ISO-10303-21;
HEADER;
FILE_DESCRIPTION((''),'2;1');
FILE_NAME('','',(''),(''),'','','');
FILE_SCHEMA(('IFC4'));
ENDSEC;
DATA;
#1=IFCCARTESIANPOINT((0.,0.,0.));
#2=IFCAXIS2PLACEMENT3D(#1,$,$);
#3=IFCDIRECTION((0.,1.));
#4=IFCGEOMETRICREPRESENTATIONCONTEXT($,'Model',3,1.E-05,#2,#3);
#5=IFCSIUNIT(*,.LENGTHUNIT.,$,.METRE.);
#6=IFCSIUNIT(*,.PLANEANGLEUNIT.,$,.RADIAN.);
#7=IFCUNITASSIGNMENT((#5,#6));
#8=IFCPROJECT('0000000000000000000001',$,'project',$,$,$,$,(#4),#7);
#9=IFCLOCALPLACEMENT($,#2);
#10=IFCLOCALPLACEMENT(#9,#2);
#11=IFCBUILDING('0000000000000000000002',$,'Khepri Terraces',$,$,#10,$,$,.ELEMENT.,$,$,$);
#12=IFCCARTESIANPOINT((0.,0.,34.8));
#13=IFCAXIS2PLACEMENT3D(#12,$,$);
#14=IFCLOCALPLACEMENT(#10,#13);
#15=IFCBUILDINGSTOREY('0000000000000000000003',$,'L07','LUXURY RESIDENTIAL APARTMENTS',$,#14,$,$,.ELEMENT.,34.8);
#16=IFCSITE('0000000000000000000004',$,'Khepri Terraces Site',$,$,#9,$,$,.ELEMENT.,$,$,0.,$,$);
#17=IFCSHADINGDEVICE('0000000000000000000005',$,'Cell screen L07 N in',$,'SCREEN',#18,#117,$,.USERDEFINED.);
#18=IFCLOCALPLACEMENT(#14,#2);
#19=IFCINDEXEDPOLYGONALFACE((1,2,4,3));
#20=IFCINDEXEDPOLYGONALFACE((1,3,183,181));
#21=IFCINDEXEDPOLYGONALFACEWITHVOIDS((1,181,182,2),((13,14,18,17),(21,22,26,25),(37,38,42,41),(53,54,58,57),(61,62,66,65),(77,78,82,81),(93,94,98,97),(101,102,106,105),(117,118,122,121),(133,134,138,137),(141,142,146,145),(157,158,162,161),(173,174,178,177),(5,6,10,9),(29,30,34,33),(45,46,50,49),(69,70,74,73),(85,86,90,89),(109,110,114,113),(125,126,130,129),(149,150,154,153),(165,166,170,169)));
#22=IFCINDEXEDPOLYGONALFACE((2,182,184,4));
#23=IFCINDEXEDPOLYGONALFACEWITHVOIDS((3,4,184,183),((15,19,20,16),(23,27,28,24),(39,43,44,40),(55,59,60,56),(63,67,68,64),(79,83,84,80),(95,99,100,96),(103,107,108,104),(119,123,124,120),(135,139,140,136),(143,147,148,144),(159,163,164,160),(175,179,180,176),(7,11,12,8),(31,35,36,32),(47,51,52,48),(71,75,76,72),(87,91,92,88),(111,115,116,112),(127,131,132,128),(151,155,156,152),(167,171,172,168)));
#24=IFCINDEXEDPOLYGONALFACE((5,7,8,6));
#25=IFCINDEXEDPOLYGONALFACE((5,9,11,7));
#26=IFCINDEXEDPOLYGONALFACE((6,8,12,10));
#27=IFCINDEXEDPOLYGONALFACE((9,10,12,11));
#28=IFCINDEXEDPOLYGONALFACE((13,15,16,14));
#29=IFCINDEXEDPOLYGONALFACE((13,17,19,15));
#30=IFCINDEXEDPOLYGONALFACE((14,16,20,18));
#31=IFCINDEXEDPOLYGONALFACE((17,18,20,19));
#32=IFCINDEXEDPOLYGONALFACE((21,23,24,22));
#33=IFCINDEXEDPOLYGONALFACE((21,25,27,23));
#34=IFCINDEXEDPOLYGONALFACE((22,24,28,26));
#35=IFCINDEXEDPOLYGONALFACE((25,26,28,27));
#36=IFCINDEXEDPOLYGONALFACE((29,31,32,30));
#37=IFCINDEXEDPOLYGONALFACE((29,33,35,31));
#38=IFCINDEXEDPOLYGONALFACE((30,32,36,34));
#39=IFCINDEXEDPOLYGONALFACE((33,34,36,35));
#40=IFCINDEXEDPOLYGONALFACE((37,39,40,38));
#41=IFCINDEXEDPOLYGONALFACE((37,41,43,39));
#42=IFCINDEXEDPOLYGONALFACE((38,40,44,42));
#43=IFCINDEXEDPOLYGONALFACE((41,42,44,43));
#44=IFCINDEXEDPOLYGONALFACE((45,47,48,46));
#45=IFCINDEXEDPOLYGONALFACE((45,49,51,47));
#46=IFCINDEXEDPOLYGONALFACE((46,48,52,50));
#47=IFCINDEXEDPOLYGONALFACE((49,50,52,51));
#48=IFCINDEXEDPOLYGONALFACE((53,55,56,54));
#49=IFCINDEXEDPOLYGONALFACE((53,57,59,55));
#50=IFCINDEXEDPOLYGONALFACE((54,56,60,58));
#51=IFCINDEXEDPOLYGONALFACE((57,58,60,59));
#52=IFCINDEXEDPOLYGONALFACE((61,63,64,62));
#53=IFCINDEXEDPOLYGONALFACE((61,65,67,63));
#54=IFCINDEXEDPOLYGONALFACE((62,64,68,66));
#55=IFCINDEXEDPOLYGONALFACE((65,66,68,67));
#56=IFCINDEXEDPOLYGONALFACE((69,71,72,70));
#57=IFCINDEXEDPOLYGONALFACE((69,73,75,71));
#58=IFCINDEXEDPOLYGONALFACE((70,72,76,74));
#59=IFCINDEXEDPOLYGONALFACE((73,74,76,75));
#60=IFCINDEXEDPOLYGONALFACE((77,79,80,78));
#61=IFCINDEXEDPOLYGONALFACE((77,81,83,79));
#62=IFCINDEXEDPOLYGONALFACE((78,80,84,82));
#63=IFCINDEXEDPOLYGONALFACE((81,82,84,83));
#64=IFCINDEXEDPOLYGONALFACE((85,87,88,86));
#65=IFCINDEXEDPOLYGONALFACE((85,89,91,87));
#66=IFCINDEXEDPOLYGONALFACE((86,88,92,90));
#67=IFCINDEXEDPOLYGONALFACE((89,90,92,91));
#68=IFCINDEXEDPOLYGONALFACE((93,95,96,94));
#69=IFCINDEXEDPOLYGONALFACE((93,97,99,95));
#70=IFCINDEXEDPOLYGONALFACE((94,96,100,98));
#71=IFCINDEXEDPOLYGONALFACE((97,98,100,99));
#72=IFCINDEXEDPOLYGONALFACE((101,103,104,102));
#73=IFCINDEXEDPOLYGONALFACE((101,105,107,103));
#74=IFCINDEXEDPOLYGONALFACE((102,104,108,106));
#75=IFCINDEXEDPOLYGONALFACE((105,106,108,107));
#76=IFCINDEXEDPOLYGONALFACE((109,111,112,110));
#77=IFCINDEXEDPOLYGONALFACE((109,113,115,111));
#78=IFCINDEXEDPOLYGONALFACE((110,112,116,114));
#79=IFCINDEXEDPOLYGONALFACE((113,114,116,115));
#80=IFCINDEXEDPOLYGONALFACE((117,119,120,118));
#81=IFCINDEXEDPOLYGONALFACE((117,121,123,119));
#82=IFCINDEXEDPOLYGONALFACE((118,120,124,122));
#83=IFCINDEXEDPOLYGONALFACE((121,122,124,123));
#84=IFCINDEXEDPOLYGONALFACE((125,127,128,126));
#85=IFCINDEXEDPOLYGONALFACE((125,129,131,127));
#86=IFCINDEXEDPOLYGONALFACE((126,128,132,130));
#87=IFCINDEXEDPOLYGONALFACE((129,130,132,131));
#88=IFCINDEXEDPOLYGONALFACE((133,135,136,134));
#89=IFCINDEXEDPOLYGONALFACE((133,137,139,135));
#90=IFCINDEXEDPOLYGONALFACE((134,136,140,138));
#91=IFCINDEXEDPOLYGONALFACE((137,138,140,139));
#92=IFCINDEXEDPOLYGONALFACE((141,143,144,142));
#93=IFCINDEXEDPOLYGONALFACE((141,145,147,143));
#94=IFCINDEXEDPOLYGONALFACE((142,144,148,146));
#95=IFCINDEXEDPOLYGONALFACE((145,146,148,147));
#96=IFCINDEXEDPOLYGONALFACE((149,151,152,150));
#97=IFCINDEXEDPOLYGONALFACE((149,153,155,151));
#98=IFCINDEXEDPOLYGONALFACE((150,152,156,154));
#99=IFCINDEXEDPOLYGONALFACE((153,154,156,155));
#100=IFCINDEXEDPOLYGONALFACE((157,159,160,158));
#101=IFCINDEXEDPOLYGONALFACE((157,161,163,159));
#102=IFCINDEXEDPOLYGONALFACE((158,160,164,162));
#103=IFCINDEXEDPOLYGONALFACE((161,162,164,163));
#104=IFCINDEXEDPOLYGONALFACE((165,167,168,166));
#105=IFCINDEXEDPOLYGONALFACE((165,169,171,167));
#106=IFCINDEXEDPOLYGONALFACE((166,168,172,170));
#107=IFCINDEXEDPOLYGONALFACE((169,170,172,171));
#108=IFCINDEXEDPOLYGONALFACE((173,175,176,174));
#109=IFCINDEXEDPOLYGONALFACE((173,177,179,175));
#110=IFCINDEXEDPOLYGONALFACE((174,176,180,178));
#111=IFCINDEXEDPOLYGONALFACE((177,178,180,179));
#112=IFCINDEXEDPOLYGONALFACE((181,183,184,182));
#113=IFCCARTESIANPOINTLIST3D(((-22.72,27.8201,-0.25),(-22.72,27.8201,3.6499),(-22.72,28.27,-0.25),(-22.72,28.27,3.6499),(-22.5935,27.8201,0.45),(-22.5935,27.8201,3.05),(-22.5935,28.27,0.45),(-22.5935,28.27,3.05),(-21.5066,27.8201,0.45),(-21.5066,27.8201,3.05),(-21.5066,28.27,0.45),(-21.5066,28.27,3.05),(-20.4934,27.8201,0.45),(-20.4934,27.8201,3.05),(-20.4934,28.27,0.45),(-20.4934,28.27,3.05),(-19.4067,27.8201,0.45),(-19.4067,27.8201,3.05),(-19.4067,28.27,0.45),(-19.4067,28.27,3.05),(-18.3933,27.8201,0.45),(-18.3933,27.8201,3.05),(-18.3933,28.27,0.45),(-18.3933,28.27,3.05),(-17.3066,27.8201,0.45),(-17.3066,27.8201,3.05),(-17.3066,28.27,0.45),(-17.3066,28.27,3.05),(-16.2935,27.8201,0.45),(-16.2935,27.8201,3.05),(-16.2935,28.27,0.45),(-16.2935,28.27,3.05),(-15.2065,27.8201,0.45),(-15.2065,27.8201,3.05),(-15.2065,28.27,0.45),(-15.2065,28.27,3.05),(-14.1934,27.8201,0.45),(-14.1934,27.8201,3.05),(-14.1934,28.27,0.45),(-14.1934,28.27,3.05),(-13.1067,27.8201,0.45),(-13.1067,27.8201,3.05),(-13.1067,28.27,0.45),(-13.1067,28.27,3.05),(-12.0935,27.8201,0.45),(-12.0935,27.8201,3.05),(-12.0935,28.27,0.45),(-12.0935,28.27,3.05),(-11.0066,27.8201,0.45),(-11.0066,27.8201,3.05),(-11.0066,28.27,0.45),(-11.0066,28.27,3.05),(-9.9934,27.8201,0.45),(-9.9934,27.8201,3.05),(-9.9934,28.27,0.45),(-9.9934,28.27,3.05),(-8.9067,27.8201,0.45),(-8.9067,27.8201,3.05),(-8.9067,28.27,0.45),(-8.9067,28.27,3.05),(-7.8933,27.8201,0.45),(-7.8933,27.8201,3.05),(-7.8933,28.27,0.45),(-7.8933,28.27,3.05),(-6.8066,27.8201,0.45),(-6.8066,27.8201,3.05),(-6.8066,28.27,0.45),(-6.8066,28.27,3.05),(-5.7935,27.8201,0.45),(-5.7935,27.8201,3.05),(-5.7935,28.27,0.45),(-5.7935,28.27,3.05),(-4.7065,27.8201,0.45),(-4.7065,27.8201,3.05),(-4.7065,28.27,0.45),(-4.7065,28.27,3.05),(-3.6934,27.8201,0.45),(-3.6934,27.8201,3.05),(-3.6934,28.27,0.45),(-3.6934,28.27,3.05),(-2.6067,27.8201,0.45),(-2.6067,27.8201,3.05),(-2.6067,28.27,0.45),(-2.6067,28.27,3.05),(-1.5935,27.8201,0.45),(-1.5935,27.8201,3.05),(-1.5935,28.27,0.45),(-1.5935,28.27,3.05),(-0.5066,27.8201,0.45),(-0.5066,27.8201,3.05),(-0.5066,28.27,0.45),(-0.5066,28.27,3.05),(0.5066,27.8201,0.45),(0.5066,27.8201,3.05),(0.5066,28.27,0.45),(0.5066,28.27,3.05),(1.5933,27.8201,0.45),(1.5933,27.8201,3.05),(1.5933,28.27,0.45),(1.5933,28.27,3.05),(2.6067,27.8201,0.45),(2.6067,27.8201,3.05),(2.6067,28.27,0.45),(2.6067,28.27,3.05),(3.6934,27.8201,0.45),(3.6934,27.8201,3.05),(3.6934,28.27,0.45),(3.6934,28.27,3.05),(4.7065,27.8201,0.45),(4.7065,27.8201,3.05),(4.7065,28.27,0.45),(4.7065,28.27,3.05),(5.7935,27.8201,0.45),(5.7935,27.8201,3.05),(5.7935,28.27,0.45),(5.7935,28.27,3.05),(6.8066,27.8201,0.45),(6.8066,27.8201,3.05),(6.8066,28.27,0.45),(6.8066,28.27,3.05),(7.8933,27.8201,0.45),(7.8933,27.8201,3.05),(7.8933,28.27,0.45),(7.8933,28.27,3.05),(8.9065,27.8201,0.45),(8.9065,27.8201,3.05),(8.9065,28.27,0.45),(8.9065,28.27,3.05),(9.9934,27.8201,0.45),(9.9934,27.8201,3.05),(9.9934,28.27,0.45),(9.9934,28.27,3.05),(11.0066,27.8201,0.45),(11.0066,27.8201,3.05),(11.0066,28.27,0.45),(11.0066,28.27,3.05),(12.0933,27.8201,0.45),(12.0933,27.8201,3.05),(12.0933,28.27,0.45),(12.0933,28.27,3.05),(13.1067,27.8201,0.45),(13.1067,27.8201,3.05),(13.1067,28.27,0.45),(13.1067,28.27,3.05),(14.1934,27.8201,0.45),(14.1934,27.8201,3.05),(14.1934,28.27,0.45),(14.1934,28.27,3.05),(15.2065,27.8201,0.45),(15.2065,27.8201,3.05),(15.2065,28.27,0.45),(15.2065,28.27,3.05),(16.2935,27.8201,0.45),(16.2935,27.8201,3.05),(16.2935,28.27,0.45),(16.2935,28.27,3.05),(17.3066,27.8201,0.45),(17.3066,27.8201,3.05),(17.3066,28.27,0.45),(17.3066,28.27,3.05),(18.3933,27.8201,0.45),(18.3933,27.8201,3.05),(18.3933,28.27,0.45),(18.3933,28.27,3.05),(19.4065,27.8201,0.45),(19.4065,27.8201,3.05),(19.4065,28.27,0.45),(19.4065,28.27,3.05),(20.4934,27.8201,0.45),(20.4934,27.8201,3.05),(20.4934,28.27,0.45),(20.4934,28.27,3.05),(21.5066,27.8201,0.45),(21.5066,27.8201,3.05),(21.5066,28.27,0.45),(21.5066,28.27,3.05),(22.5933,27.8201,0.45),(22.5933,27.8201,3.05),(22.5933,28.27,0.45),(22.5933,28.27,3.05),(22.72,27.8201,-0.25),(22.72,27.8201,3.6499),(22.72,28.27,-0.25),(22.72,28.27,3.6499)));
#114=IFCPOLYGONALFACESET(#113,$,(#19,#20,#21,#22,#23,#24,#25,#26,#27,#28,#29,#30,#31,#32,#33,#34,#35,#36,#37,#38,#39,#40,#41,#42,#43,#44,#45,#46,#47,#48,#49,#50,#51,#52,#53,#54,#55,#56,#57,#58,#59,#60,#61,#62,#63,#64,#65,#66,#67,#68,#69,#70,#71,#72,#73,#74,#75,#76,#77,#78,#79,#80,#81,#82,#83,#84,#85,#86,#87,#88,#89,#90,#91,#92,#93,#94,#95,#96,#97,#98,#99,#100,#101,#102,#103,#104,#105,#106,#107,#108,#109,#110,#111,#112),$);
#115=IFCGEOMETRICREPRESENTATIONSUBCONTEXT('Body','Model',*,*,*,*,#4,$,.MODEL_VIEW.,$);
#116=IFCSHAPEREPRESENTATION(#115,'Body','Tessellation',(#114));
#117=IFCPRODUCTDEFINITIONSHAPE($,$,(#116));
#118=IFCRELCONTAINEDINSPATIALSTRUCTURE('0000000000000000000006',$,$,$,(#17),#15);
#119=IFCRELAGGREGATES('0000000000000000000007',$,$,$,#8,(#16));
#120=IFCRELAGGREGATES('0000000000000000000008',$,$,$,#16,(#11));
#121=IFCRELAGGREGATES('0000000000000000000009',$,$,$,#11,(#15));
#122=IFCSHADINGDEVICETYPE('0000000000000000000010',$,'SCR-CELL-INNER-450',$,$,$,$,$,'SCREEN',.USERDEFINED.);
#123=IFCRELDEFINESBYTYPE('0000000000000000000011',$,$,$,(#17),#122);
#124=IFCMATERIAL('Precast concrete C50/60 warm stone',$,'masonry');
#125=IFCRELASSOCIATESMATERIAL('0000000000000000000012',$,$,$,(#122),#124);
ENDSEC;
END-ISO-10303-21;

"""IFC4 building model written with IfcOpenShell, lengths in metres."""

from ifc_helpers import new_model, si_unit, direction, frame, origin, place, context, subcontext, project, spatial, polyline, outline, extrude, material, type_object, element, save


model = new_model("IFC4")

# Units and contexts
model_context = context("Model", 3, precision=1e-05, world=origin(), true_north=direction((0.0, 1.0)))
body_context = subcontext(model_context, "Body", "Model", "MODEL_VIEW")
ifc_project = project(units=[si_unit("LENGTHUNIT", "METRE"), si_unit("PLANEANGLEUNIT", "RADIAN")], contexts=[model_context])

# Site, building, storey
site_placement = place(None, origin())
site = spatial("IfcSite", under=ifc_project, at=site_placement, Name="Khepri Terraces Site", CompositionType="ELEMENT", RefElevation=0.0)
building_placement = place(site_placement, origin())
building = spatial("IfcBuilding", under=site, at=building_placement, Name="Khepri Terraces", CompositionType="ELEMENT")
storey_placement = place(building_placement, frame((0.0, 0.0, 34.8)))
storey = spatial("IfcBuildingStorey", under=building, at=storey_placement, Name="L07", Description="LUXURY RESIDENTIAL APARTMENTS", CompositionType="ELEMENT", Elevation=34.8)

# Shared definitions
ifc_material_1 = material(Name="Precast concrete C50/60 warm stone", Category="masonry")

# Shading device
shading_device_type_1 = type_object("IfcShadingDeviceType", Name="SCR-CELL-INNER-450", ElementType="SCREEN", PredefinedType="USERDEFINED", material=ifc_material_1)
shading_device_1_placement = place(storey_placement, frame((22.72, 27.8201, -0.25), z_axis=(0.0, 1.0, 0.0), x_axis=(-1.0, 0.0, 0.0)))
element("IfcShadingDevice", 1, at=shading_device_1_placement, inside=storey, type_object=shading_device_type_1, Name="Cell screen L07 N in", ObjectType="SCREEN", PredefinedType="USERDEFINED", context=body_context, shape_type="SweptSolid", body=[
    extrude(outline(polyline([(0.0, 0.0), (45.4399, 0.0), (45.4399, 3.8999), (0.0, 3.8999), (0.0, 0.0)]), holes=[polyline([(0.1267, 0.7), (1.2134, 0.7), (1.2134, 3.3), (0.1267, 3.3), (0.1267, 0.7)]), polyline([(2.2266, 0.7), (3.3135, 0.7), (3.3135, 3.3), (2.2266, 3.3), (2.2266, 0.7)]), polyline([(4.3267, 0.7), (5.4133, 0.7), (5.4133, 3.3), (4.3267, 3.3), (4.3267, 0.7)]), polyline([(6.4265, 0.7), (7.5134, 0.7), (7.5134, 3.3), (6.4265, 3.3), (6.4265, 0.7)]), polyline([(8.5266, 0.7), (9.6133, 0.7), (9.6133, 3.3), (8.5266, 3.3), (8.5266, 0.7)]), polyline([(10.6267, 0.7), (11.7134, 0.7), (11.7134, 3.3), (10.6267, 3.3), (10.6267, 0.7)]), polyline([(12.7266, 0.7), (13.8135, 0.7), (13.8135, 3.3), (12.7266, 3.3), (12.7266, 0.7)]), polyline([(14.8267, 0.7), (15.9133, 0.7), (15.9133, 3.3), (14.8267, 3.3), (14.8267, 0.7)]), polyline([(16.9265, 0.7), (18.0134, 0.7), (18.0134, 3.3), (16.9265, 3.3), (16.9265, 0.7)]), polyline([(19.0266, 0.7), (20.1133, 0.7), (20.1133, 3.3), (19.0266, 3.3), (19.0266, 0.7)]), polyline([(21.1267, 0.7), (22.2134, 0.7), (22.2134, 3.3), (21.1267, 3.3), (21.1267, 0.7)]), polyline([(23.2266, 0.7), (24.3135, 0.7), (24.3135, 3.3), (23.2266, 3.3), (23.2266, 0.7)]), polyline([(25.3267, 0.7), (26.4133, 0.7), (26.4133, 3.3), (25.3267, 3.3), (25.3267, 0.7)]), polyline([(27.4265, 0.7), (28.5134, 0.7), (28.5134, 3.3), (27.4265, 3.3), (27.4265, 0.7)]), polyline([(29.5266, 0.7), (30.6133, 0.7), (30.6133, 3.3), (29.5266, 3.3), (29.5266, 0.7)]), polyline([(31.6267, 0.7), (32.7134, 0.7), (32.7134, 3.3), (31.6267, 3.3), (31.6267, 0.7)]), polyline([(33.7266, 0.7), (34.8135, 0.7), (34.8135, 3.3), (33.7266, 3.3), (33.7266, 0.7)]), polyline([(35.8267, 0.7), (36.9133, 0.7), (36.9133, 3.3), (35.8267, 3.3), (35.8267, 0.7)]), polyline([(37.9265, 0.7), (39.0134, 0.7), (39.0134, 3.3), (37.9265, 3.3), (37.9265, 0.7)]), polyline([(40.0266, 0.7), (41.1133, 0.7), (41.1133, 3.3), (40.0266, 3.3), (40.0266, 0.7)]), polyline([(42.1267, 0.7), (43.2134, 0.7), (43.2134, 3.3), (42.1267, 3.3), (42.1267, 0.7)]), polyline([(44.2266, 0.7), (45.3135, 0.7), (45.3135, 3.3), (44.2266, 3.3), (44.2266, 0.7)])]), origin(), (0.0, 0.0, 1.0), 0.45),
])

save(model, "model.ifc")
